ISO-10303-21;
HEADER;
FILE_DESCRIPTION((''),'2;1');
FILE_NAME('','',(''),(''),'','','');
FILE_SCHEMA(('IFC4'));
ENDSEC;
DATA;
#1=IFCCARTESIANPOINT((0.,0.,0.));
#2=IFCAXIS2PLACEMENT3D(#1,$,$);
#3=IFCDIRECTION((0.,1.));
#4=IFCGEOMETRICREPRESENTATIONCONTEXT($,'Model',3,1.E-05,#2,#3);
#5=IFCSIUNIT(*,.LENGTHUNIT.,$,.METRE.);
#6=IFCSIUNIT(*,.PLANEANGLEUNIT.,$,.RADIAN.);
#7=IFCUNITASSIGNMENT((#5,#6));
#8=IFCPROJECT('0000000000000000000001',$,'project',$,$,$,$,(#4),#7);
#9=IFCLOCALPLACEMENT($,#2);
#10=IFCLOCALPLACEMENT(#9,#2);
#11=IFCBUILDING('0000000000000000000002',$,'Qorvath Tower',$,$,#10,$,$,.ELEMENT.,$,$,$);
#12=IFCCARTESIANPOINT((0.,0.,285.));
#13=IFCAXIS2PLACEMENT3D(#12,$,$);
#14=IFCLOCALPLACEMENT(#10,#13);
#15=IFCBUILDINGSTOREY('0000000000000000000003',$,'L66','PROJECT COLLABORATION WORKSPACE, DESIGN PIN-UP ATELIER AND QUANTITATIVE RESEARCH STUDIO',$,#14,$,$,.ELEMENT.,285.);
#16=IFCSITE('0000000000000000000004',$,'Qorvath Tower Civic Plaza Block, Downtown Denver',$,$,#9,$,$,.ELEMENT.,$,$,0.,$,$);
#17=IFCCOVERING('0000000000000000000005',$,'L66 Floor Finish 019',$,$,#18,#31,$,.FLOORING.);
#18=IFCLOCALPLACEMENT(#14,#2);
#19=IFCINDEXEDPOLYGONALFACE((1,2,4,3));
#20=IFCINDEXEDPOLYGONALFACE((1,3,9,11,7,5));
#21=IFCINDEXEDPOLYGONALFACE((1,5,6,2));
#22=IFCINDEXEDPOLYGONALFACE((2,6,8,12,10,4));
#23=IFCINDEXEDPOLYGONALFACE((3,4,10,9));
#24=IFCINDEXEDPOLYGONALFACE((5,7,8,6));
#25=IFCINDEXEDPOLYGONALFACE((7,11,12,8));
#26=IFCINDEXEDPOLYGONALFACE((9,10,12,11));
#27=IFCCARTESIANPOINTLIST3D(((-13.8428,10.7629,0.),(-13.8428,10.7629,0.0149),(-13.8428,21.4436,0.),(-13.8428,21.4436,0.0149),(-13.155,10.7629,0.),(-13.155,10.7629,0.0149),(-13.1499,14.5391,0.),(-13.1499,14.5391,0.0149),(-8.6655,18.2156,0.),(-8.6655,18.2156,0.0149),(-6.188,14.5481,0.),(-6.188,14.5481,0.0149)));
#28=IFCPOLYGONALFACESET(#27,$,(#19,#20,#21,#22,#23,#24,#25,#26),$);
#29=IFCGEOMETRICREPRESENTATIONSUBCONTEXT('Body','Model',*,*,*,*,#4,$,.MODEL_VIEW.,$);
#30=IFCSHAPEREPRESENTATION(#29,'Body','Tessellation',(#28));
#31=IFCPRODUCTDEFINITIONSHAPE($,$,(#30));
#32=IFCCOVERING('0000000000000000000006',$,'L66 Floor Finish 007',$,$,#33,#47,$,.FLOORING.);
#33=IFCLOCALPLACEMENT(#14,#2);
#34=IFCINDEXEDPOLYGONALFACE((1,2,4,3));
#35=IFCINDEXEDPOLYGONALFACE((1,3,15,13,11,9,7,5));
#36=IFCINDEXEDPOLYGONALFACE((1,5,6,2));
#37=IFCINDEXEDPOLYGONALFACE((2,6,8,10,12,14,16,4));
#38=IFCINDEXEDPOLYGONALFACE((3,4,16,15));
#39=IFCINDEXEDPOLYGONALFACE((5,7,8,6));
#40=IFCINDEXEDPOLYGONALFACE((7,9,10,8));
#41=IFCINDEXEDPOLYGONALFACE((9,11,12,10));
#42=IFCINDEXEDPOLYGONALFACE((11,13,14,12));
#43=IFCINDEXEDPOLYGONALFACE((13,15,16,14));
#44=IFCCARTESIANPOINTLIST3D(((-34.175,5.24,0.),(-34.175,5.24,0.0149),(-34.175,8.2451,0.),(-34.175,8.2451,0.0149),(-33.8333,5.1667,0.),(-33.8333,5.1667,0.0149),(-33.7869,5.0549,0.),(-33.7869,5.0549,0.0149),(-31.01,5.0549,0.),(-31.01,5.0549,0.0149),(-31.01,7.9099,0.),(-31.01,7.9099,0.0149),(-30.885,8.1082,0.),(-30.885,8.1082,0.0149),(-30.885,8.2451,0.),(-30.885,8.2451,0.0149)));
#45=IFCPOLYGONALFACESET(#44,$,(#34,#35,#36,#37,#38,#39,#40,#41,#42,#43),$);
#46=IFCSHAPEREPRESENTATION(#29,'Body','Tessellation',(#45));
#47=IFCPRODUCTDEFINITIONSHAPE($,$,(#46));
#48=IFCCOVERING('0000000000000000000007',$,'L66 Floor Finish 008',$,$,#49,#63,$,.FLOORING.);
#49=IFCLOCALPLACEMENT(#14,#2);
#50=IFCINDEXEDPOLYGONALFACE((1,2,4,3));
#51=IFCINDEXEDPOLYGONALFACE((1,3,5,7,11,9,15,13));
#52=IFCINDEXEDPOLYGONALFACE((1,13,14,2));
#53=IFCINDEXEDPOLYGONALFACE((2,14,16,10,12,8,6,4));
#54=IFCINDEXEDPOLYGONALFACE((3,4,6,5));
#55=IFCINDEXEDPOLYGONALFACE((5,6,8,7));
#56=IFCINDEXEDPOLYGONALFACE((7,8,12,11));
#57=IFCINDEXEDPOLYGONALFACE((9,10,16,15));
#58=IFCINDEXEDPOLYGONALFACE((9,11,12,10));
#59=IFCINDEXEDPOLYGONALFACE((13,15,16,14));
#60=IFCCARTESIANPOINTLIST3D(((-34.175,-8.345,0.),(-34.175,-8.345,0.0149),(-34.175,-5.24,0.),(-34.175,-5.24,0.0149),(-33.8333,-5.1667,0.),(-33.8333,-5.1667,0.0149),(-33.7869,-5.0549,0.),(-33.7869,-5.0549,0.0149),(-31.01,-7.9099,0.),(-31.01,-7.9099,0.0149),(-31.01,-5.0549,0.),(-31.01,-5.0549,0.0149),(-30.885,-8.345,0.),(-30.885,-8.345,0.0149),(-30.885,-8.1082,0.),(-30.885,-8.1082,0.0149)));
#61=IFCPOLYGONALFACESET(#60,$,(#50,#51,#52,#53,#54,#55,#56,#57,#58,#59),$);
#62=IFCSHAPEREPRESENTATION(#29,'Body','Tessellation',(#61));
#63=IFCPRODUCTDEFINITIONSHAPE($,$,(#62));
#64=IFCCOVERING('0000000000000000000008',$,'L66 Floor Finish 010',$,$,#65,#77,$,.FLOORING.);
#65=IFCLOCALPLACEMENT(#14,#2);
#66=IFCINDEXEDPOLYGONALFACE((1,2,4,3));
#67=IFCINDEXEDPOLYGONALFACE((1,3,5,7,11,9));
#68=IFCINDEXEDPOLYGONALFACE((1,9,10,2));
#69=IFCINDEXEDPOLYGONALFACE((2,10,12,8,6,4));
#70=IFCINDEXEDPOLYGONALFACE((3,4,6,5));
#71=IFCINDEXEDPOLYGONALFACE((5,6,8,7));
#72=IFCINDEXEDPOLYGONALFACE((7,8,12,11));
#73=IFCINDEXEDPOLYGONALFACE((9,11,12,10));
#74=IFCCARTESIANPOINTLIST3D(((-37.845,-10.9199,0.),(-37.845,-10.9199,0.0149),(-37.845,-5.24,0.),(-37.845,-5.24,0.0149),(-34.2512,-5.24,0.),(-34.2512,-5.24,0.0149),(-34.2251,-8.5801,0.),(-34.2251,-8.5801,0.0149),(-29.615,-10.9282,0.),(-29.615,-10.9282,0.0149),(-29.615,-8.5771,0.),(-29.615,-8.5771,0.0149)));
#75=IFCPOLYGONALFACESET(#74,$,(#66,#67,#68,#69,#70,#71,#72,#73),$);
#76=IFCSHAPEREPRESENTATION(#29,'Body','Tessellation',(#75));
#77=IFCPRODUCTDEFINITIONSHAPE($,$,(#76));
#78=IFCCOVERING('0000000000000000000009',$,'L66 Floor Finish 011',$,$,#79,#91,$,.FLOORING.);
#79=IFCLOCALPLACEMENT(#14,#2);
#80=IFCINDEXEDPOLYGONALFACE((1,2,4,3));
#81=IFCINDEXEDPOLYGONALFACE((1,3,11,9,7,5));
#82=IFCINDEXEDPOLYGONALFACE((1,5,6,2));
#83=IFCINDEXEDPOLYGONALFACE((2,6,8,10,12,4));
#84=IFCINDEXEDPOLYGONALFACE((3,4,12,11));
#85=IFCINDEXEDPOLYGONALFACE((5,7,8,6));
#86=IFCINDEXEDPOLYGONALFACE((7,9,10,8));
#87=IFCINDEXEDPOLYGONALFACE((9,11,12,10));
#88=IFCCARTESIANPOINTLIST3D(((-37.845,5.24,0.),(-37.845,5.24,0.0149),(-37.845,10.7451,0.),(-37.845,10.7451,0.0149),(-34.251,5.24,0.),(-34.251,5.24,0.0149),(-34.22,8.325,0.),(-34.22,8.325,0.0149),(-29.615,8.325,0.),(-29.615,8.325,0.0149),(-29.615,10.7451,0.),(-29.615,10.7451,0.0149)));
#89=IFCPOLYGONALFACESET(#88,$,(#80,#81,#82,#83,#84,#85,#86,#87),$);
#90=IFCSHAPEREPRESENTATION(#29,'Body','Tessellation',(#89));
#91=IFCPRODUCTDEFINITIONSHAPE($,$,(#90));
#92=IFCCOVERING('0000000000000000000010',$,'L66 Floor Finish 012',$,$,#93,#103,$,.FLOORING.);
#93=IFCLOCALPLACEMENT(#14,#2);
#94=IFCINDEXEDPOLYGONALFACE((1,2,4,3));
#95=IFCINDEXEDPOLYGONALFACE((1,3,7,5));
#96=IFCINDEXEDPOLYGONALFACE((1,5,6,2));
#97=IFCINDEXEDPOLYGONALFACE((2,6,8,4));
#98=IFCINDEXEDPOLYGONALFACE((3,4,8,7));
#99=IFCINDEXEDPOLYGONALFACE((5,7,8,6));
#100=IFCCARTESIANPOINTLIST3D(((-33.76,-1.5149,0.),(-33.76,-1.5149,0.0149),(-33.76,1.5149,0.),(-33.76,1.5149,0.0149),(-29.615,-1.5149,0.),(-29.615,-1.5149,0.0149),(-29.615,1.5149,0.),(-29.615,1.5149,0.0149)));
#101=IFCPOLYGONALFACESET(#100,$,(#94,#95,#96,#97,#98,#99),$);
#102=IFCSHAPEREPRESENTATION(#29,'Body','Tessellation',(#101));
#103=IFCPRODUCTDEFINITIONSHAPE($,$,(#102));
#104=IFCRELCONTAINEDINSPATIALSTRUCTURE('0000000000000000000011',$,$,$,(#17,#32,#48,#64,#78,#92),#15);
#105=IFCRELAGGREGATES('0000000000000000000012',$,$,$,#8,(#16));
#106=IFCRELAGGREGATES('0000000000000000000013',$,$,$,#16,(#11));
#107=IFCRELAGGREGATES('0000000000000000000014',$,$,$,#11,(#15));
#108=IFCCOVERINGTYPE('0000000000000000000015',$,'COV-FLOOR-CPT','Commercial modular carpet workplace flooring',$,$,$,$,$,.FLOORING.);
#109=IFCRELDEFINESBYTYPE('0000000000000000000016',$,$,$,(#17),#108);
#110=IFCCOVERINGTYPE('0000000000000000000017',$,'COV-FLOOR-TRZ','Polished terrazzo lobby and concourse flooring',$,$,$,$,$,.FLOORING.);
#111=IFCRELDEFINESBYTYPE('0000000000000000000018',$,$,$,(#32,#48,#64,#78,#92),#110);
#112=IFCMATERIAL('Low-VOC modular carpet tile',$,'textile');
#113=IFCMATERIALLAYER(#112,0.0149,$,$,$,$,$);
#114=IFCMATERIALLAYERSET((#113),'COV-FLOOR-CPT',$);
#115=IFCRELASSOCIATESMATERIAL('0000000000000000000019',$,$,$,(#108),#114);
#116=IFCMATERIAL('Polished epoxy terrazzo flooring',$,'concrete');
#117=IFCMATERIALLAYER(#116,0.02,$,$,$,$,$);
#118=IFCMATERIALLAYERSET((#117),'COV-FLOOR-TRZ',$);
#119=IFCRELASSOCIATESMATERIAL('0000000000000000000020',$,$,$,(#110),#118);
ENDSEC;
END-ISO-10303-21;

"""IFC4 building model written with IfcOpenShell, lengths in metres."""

from ifc_helpers import new_model, si_unit, direction, frame, origin, place, context, subcontext, project, spatial, polyline, outline, extrude, material, layer, layer_set, type_object, element, save


model = new_model("IFC4")

# Units and contexts
model_context = context("Model", 3, precision=1e-05, world=origin(), true_north=direction((0.0, 1.0)))
body_context = subcontext(model_context, "Body", "Model", "MODEL_VIEW")
ifc_project = project(units=[si_unit("LENGTHUNIT", "METRE"), si_unit("PLANEANGLEUNIT", "RADIAN")], contexts=[model_context])

# Site, building, storey
site_placement = place(None, origin())
site = spatial("IfcSite", under=ifc_project, at=site_placement, Name="Qorvath Tower Civic Plaza Block, Downtown Denver", CompositionType="ELEMENT", RefElevation=0.0)
building_placement = place(site_placement, origin())
building = spatial("IfcBuilding", under=site, at=building_placement, Name="Qorvath Tower", CompositionType="ELEMENT")
storey_placement = place(building_placement, frame((0.0, 0.0, 285.0)))
storey = spatial("IfcBuildingStorey", under=building, at=storey_placement, Name="L66", Description="PROJECT COLLABORATION WORKSPACE, DESIGN PIN-UP ATELIER AND QUANTITATIVE RESEARCH STUDIO", CompositionType="ELEMENT", Elevation=285.0)

# Coverings
ifc_material_1 = material(Name="Low-VOC modular carpet tile", Category="textile")
ifc_layer_1 = layer(ifc_material_1, 0.0149)
ifc_layer_set_1 = layer_set([ifc_layer_1], Name="COV-FLOOR-CPT")
covering_type_1 = type_object("IfcCoveringType", Name="COV-FLOOR-CPT", Description="Commercial modular carpet workplace flooring", PredefinedType="FLOORING", material=ifc_layer_set_1)
covering_1_placement = place(storey_placement, origin())
element("IfcCovering", 1, at=covering_1_placement, inside=storey, type_object=covering_type_1, Name="L66 Floor Finish 019", PredefinedType="FLOORING", context=body_context, shape_type="SweptSolid", body=[
    extrude(outline(polyline([(-6.188, 14.5481), (-8.6655, 18.2156), (-13.8428, 21.4436), (-13.8428, 10.7629), (-13.155, 10.7629), (-13.1499, 14.5391), (-6.188, 14.5481)])), origin(), (0.0, 0.0, 1.0), 0.0149),
])
ifc_material_2 = material(Name="Polished epoxy terrazzo flooring", Category="concrete")
ifc_layer_2 = layer(ifc_material_2, 0.02)
ifc_layer_set_2 = layer_set([ifc_layer_2], Name="COV-FLOOR-TRZ")
covering_type_2 = type_object("IfcCoveringType", Name="COV-FLOOR-TRZ", Description="Polished terrazzo lobby and concourse flooring", PredefinedType="FLOORING", material=ifc_layer_set_2)
covering_2_placement = place(storey_placement, origin())
element("IfcCovering", 2, at=covering_2_placement, inside=storey, type_object=covering_type_2, Name="L66 Floor Finish 007", PredefinedType="FLOORING", context=body_context, shape_type="SweptSolid", body=[
    extrude(outline(polyline([(-31.01, 5.0549), (-31.01, 7.9099), (-30.885, 8.1082), (-30.885, 8.2451), (-34.175, 8.2451), (-34.175, 5.24), (-33.8333, 5.1667), (-33.7869, 5.0549), (-31.01, 5.0549)])), origin(), (0.0, 0.0, 1.0), 0.0149),
])
covering_3_placement = place(storey_placement, origin())
element("IfcCovering", 3, at=covering_3_placement, inside=storey, type_object=covering_type_2, Name="L66 Floor Finish 008", PredefinedType="FLOORING", context=body_context, shape_type="SweptSolid", body=[
    extrude(outline(polyline([(-30.885, -8.1082), (-31.01, -7.9099), (-31.01, -5.0549), (-33.7869, -5.0549), (-33.8333, -5.1667), (-34.175, -5.24), (-34.175, -8.345), (-30.885, -8.345), (-30.885, -8.1082)])), origin(), (0.0, 0.0, 1.0), 0.0149),
])
covering_4_placement = place(storey_placement, origin())
element("IfcCovering", 4, at=covering_4_placement, inside=storey, type_object=covering_type_2, Name="L66 Floor Finish 010", PredefinedType="FLOORING", context=body_context, shape_type="SweptSolid", body=[
    extrude(outline(polyline([(-34.2251, -8.5801), (-34.2512, -5.24), (-37.845, -5.24), (-37.845, -10.9199), (-29.615, -10.9282), (-29.615, -8.5771), (-34.2251, -8.5801)])), origin(), (0.0, 0.0, 1.0), 0.0149),
])
covering_5_placement = place(storey_placement, origin())
element("IfcCovering", 5, at=covering_5_placement, inside=storey, type_object=covering_type_2, Name="L66 Floor Finish 011", PredefinedType="FLOORING", context=body_context, shape_type="SweptSolid", body=[
    extrude(outline(polyline([(-29.615, 8.325), (-29.615, 10.7451), (-37.845, 10.7451), (-37.845, 5.24), (-34.251, 5.24), (-34.22, 8.325), (-29.615, 8.325)])), origin(), (0.0, 0.0, 1.0), 0.0149),
])
covering_6_placement = place(storey_placement, origin())
element("IfcCovering", 6, at=covering_6_placement, inside=storey, type_object=covering_type_2, Name="L66 Floor Finish 012", PredefinedType="FLOORING", context=body_context, shape_type="SweptSolid", body=[
    extrude(outline(polyline([(-29.615, -1.5149), (-29.615, 1.5149), (-33.76, 1.5149), (-33.76, -1.5149), (-29.615, -1.5149)])), origin(), (0.0, 0.0, 1.0), 0.0149),
])

save(model, "model.ifc")
